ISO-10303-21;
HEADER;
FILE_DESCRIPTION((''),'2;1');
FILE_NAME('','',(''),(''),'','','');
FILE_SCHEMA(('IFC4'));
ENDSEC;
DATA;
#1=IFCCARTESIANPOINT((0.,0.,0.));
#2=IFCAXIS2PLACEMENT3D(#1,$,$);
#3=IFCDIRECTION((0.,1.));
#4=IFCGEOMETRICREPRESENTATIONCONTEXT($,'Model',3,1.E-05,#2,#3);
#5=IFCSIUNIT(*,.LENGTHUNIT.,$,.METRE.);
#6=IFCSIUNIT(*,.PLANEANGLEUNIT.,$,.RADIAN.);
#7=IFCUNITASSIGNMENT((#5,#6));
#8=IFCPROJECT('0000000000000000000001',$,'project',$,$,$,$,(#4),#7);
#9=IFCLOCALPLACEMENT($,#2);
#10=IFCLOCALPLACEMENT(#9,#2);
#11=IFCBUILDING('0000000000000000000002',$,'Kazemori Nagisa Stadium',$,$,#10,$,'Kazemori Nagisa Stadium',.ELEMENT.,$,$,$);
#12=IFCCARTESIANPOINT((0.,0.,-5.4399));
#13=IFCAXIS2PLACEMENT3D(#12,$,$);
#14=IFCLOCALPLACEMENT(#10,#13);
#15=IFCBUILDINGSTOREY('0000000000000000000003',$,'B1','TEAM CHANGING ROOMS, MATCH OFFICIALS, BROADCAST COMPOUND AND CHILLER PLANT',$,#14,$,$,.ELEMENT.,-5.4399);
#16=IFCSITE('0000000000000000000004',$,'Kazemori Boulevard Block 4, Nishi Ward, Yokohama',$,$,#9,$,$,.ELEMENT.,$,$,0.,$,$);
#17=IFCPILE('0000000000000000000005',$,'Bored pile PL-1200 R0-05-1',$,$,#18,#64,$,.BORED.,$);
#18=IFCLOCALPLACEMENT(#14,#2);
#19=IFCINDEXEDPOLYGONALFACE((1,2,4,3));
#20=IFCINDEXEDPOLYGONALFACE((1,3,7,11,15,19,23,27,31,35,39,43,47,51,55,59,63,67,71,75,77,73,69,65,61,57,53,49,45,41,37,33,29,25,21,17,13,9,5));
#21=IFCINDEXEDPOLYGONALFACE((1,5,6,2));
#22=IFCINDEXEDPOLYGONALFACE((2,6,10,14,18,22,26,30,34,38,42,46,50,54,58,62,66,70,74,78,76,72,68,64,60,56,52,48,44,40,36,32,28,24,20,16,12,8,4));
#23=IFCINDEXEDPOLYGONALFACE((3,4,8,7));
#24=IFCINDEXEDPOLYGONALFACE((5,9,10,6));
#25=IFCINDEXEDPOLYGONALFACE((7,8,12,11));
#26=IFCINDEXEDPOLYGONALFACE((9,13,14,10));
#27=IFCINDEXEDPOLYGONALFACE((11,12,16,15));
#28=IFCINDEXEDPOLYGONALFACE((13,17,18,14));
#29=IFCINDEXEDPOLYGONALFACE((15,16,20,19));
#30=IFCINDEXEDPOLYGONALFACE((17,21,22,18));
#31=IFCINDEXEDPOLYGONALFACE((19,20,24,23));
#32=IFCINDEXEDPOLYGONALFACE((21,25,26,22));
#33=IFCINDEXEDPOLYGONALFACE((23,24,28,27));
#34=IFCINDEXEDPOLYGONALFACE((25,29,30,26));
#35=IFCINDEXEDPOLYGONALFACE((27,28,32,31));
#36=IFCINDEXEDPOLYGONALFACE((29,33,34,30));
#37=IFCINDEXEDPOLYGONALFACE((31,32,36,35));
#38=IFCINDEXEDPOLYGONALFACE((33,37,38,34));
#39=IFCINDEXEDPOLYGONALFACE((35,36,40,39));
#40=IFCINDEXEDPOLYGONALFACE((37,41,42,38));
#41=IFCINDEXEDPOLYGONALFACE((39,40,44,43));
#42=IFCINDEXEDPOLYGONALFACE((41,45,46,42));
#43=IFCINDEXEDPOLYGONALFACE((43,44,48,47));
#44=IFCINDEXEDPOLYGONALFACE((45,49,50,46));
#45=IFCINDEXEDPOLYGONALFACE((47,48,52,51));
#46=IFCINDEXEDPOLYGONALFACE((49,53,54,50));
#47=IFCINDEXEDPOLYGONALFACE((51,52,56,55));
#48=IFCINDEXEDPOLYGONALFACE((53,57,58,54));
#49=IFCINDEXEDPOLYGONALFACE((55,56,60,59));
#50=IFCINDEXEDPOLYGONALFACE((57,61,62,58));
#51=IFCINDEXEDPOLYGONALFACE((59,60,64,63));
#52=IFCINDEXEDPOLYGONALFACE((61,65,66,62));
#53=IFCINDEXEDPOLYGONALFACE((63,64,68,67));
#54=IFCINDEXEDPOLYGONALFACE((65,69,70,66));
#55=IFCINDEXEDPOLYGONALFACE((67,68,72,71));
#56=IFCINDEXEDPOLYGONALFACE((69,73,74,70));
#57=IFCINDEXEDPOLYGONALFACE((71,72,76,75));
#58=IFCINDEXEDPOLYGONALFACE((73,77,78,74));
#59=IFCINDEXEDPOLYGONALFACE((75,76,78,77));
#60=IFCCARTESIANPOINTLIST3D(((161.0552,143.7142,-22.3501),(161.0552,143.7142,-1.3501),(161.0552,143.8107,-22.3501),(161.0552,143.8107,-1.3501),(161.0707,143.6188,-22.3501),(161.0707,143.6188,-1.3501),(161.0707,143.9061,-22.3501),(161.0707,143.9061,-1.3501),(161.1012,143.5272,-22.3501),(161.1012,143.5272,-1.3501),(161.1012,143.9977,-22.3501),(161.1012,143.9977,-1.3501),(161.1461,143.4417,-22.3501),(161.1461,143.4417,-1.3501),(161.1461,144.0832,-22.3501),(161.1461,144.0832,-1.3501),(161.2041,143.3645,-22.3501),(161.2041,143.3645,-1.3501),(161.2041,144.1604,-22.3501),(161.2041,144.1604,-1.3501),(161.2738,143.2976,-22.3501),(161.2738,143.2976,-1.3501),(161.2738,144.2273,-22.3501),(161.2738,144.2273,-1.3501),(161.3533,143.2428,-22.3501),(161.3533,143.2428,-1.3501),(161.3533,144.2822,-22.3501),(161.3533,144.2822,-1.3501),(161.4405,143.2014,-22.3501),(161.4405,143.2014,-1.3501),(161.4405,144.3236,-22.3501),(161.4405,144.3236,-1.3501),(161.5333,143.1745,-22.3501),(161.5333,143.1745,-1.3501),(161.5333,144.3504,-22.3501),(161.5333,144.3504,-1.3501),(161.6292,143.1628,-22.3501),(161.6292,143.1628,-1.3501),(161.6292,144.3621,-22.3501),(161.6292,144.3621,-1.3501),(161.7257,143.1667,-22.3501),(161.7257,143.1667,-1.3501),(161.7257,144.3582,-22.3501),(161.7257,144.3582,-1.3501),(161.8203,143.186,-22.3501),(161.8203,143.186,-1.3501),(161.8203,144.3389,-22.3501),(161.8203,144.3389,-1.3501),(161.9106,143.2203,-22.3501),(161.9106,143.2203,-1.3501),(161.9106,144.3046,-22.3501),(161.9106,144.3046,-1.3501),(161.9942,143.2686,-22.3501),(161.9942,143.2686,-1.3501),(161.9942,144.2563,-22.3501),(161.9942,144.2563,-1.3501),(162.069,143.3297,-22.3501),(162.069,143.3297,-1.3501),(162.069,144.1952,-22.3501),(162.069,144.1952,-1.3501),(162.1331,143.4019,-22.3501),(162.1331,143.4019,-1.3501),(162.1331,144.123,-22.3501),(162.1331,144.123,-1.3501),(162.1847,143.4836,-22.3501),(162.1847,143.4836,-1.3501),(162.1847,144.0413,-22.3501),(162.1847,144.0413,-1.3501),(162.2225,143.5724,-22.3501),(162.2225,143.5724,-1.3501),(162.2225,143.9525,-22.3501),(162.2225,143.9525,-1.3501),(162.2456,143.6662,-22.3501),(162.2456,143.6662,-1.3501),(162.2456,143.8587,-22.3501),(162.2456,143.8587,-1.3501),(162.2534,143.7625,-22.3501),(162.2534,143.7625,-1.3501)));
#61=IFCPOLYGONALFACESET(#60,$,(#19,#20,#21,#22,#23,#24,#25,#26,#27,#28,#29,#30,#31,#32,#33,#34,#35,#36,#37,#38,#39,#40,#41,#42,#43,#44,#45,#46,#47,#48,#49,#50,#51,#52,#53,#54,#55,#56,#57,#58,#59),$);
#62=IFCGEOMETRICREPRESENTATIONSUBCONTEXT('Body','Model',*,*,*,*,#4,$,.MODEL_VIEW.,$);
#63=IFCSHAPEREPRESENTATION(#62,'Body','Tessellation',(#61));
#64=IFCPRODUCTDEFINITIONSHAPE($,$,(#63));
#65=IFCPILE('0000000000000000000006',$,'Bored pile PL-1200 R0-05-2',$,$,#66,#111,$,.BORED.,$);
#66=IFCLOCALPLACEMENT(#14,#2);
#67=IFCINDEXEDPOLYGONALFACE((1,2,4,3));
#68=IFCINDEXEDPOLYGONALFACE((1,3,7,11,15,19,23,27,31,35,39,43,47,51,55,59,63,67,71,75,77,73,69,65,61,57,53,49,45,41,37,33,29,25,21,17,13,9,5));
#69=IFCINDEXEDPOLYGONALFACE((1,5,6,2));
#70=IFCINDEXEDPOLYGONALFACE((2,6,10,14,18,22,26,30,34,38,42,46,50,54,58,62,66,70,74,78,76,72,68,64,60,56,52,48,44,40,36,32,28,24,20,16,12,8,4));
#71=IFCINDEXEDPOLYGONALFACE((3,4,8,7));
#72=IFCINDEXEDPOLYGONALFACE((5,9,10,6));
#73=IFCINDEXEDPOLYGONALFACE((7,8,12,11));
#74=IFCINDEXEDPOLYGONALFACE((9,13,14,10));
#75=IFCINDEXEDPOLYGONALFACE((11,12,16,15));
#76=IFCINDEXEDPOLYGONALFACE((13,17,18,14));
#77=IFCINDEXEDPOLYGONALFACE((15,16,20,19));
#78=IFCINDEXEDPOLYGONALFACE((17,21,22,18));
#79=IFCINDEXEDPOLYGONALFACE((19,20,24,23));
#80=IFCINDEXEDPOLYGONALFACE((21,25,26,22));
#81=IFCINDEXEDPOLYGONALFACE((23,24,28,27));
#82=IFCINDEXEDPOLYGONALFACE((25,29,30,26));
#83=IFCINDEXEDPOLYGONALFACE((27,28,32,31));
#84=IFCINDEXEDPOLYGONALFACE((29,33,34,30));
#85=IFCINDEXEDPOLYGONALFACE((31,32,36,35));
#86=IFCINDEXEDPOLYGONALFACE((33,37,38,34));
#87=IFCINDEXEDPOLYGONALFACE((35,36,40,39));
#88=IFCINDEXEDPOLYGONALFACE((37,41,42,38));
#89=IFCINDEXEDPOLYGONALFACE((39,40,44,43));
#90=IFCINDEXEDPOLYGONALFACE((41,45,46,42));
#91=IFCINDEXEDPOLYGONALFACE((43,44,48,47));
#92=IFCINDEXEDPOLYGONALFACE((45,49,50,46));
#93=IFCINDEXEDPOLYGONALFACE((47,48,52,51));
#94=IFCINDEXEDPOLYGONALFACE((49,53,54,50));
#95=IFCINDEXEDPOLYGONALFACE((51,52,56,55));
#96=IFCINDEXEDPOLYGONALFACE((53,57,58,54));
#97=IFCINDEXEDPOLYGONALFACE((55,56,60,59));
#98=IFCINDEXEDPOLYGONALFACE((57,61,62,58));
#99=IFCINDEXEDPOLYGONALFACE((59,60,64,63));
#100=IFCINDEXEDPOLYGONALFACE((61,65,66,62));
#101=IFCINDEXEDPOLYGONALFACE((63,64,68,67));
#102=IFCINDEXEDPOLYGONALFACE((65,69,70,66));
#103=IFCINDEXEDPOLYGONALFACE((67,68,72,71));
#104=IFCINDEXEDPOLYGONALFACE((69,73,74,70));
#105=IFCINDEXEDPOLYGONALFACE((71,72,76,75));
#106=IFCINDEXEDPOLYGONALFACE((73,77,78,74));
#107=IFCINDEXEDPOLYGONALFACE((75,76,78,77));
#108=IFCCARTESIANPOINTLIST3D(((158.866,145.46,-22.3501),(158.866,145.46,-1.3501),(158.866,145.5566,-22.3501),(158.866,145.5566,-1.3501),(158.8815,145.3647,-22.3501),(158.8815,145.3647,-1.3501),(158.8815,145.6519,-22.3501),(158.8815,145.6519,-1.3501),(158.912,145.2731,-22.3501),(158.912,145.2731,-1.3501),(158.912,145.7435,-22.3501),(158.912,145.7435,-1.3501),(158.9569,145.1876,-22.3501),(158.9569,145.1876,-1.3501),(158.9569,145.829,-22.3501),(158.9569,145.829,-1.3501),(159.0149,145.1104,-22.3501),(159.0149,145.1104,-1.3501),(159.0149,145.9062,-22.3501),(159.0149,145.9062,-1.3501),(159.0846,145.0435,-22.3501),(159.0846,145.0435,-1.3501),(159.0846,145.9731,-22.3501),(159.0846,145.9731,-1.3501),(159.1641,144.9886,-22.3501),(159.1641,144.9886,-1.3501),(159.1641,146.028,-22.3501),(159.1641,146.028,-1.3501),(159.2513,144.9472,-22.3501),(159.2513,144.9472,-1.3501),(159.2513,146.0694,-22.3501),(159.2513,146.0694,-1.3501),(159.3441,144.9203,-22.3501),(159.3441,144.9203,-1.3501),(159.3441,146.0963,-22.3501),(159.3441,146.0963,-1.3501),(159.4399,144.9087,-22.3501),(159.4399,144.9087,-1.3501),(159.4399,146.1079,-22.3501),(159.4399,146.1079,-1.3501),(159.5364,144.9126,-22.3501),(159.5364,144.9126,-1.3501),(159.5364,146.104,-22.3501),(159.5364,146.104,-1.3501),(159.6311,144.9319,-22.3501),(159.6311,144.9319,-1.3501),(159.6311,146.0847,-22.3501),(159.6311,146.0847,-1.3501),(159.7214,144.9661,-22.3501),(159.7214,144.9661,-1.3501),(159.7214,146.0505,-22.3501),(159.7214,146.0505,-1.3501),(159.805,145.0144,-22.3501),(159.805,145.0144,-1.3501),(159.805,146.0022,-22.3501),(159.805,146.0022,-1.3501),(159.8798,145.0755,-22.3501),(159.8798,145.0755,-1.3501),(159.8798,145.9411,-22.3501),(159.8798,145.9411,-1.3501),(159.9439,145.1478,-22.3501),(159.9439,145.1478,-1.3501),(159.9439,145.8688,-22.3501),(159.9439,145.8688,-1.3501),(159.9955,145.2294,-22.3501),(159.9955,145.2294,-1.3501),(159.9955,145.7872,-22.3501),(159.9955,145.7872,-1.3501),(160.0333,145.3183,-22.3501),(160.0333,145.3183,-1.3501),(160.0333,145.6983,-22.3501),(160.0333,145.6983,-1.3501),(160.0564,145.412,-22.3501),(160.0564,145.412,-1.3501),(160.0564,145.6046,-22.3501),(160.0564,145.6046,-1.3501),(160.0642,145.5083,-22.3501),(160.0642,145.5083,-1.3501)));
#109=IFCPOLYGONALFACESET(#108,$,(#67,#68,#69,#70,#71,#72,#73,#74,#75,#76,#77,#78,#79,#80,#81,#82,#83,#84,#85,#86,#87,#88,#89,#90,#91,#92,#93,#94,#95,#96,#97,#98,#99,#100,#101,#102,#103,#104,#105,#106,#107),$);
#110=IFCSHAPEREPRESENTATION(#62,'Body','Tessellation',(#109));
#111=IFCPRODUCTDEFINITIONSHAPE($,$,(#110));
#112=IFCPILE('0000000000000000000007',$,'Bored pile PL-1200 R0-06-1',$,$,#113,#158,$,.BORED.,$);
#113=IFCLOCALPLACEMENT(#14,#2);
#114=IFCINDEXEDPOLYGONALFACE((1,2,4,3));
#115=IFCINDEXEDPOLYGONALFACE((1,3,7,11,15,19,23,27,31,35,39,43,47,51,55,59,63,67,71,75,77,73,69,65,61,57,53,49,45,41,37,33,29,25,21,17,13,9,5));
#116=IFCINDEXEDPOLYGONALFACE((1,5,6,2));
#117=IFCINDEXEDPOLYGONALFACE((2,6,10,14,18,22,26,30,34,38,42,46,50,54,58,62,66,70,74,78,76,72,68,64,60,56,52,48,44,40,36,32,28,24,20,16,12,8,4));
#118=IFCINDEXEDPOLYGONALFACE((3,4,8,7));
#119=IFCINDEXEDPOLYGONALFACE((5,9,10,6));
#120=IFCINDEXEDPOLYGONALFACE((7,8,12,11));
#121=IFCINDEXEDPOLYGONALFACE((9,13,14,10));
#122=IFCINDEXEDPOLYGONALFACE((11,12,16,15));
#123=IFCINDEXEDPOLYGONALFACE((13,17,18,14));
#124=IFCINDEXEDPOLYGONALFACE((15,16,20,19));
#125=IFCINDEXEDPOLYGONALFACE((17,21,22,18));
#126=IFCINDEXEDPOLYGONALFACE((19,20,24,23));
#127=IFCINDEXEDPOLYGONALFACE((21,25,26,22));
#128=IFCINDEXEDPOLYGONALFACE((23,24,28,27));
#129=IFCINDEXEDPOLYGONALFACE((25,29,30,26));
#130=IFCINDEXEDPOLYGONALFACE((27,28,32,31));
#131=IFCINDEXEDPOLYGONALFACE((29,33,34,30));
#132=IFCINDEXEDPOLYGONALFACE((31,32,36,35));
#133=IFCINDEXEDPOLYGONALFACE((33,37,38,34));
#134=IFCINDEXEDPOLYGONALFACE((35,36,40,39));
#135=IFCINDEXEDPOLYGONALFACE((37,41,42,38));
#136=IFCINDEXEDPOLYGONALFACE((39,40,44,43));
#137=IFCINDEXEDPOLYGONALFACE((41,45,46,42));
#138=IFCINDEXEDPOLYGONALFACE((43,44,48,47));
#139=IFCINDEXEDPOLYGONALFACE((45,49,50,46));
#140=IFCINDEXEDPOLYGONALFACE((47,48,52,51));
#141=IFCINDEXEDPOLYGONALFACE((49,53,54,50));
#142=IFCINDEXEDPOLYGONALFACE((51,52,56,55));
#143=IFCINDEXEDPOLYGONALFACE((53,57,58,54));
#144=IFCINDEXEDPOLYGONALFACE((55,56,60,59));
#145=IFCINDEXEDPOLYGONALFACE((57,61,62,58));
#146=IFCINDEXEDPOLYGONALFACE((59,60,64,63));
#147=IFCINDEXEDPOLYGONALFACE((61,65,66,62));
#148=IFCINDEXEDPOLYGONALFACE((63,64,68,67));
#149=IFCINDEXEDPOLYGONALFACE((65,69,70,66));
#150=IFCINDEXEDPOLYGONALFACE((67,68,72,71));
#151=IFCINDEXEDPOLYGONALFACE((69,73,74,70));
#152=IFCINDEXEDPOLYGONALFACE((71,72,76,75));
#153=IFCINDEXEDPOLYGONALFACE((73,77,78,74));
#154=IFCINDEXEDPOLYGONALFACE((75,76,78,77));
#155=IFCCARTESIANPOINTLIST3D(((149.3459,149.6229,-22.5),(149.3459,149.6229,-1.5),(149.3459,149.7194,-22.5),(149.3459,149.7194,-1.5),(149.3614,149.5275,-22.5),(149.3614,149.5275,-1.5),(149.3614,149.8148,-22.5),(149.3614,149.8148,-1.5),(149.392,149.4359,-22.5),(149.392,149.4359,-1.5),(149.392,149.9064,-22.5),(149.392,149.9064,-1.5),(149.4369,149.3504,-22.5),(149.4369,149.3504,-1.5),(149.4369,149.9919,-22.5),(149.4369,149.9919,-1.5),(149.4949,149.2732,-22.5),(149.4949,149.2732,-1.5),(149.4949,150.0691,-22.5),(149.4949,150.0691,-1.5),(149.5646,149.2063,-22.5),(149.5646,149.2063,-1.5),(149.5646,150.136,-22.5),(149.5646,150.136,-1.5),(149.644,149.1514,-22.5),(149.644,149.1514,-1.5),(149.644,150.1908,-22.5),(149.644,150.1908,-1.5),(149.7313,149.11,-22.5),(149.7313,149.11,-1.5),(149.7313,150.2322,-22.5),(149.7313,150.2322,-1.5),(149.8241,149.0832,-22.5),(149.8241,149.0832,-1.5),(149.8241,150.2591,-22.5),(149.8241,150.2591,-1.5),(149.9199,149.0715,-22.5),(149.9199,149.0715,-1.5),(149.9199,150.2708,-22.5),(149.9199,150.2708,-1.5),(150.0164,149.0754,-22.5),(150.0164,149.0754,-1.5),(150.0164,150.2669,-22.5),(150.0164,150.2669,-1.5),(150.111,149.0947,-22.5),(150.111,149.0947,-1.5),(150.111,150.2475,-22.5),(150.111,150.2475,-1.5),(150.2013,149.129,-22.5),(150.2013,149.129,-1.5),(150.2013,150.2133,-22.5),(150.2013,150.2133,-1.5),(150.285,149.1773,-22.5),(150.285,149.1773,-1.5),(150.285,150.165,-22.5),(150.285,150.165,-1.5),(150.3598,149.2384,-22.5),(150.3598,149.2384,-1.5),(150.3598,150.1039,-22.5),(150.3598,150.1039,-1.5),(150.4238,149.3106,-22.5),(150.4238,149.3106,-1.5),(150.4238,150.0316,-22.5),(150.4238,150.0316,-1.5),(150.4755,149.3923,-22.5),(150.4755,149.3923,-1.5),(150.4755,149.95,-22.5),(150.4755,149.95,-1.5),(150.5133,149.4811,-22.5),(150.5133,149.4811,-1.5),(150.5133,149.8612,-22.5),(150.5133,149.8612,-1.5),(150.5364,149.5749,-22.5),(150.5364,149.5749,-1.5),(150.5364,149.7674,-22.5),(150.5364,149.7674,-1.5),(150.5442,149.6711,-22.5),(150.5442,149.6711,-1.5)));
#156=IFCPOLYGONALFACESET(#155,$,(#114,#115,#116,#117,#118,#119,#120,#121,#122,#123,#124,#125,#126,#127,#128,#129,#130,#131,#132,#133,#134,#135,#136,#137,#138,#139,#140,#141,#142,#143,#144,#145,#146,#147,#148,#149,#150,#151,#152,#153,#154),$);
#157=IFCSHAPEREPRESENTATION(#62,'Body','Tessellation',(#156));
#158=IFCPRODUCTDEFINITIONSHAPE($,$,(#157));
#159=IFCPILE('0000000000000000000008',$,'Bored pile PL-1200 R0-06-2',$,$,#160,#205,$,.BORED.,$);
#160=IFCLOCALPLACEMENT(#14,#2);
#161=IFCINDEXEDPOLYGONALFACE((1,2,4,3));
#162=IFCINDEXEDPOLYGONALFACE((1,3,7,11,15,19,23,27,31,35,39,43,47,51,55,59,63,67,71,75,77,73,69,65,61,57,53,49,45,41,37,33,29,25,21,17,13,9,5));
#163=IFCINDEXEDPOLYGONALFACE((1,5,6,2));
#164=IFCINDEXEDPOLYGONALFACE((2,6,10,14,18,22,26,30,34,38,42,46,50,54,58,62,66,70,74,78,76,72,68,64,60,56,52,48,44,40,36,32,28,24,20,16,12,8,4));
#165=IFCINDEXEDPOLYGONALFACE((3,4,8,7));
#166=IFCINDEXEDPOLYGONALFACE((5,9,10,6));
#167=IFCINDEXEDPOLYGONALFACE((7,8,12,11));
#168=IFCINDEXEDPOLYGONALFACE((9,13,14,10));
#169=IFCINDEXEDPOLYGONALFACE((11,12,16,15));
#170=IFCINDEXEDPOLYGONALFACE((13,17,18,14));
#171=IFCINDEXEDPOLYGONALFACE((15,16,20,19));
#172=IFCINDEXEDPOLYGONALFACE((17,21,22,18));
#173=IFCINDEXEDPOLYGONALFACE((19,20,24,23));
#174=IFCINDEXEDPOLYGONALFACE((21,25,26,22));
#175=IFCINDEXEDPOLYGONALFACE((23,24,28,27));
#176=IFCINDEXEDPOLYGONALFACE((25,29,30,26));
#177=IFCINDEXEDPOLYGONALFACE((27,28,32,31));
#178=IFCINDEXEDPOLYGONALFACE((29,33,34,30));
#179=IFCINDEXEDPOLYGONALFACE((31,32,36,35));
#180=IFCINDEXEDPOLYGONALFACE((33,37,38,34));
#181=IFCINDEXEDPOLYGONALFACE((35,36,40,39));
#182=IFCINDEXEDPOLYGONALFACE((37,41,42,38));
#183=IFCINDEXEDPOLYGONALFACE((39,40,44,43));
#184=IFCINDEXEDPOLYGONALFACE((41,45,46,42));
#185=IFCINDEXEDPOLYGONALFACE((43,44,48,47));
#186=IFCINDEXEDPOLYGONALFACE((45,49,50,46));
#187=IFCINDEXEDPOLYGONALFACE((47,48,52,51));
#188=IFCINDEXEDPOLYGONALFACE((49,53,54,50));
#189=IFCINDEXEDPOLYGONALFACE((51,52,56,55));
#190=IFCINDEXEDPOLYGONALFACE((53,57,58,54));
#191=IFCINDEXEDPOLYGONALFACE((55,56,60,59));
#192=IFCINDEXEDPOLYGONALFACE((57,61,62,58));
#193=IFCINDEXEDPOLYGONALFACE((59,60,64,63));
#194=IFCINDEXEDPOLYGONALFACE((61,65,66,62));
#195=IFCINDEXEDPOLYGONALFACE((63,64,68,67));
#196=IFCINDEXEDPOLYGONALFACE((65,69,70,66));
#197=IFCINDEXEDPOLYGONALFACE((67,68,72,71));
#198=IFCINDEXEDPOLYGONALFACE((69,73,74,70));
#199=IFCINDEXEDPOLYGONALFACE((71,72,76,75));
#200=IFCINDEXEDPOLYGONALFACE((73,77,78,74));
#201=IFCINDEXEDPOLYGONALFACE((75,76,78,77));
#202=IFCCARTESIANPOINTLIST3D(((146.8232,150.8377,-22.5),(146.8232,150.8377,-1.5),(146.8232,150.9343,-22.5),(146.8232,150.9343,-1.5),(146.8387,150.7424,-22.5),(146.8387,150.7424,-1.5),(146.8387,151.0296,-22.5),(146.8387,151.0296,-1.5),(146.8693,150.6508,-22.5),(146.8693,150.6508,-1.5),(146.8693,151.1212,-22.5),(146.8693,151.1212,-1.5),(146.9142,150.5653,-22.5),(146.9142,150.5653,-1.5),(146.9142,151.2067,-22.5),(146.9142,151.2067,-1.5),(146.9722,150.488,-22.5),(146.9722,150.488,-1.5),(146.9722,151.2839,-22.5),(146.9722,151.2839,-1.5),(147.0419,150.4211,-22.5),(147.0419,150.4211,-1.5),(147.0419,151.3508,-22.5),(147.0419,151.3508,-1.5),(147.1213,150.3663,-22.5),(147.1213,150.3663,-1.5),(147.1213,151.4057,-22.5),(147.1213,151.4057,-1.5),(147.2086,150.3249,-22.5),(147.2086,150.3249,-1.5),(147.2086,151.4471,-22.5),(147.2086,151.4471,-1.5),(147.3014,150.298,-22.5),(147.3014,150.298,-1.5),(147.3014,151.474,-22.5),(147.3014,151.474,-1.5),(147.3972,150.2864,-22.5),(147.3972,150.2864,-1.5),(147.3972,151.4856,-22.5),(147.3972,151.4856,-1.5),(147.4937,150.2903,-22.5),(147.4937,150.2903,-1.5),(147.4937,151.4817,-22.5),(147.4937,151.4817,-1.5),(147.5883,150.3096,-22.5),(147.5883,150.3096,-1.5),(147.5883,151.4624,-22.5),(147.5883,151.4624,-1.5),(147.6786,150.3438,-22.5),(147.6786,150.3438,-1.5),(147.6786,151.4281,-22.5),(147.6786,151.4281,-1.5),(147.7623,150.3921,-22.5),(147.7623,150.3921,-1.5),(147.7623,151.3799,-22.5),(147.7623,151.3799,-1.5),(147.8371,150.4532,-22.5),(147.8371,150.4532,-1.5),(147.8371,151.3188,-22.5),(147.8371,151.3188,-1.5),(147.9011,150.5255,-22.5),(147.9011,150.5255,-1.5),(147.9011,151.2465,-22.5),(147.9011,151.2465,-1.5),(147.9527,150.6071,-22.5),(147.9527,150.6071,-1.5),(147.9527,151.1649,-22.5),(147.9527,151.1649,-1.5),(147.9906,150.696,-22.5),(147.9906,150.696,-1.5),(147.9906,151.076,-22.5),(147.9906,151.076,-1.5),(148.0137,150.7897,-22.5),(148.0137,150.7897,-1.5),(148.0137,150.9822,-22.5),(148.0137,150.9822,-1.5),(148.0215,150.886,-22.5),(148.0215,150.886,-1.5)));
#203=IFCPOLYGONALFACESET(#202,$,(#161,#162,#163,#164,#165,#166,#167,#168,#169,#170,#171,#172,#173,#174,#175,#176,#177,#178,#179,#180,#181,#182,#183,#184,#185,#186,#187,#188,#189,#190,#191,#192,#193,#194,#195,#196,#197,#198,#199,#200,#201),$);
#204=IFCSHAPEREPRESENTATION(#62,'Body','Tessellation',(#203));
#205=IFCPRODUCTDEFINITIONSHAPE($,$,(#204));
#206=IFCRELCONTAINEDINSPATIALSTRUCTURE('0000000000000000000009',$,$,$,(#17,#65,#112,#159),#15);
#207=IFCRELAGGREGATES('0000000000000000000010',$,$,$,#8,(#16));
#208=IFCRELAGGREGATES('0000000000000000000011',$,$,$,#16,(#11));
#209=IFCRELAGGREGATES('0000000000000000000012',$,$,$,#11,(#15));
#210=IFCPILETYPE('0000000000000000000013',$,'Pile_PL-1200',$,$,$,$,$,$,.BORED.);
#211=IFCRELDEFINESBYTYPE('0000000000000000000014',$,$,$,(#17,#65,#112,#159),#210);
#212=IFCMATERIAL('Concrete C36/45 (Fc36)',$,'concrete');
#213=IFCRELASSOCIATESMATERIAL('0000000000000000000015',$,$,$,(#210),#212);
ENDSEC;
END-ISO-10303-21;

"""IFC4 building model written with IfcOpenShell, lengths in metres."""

from ifc_helpers import new_model, si_unit, direction, frame, origin, origin_2d, place, context, subcontext, project, spatial, circle, extrude, material, material_profile, profile_set, type_object, element, save


model = new_model("IFC4")

# Units and contexts
model_context = context("Model", 3, precision=1e-05, world=origin(), true_north=direction((0.0, 1.0)))
body_context = subcontext(model_context, "Body", "Model", "MODEL_VIEW")
ifc_project = project(units=[si_unit("LENGTHUNIT", "METRE"), si_unit("PLANEANGLEUNIT", "RADIAN")], contexts=[model_context])

# Site, building, storey
site_placement = place(None, origin())
site = spatial("IfcSite", under=ifc_project, at=site_placement, Name="Kazemori Boulevard Block 4, Nishi Ward, Yokohama", CompositionType="ELEMENT", RefElevation=0.0)
building_placement = place(site_placement, origin())
building = spatial("IfcBuilding", under=site, at=building_placement, Name="Kazemori Nagisa Stadium", LongName="Kazemori Nagisa Stadium", CompositionType="ELEMENT")
storey_placement = place(building_placement, frame((0.0, 0.0, -5.4399)))
storey = spatial("IfcBuildingStorey", under=building, at=storey_placement, Name="B1", Description="TEAM CHANGING ROOMS, MATCH OFFICIALS, BROADCAST COMPOUND AND CHILLER PLANT", CompositionType="ELEMENT", Elevation=-5.4399)

# Piles
ifc_material_1 = material(Name="Concrete C36/45 (Fc36)", Category="concrete")
ifc_material_profile_1 = material_profile(ifc_material_1, circle(Radius=0.6001, at=origin_2d()), Name="PILE-D1200")
ifc_profile_set_1 = profile_set([ifc_material_profile_1], Name="Concrete C36/45 (Fc36)")
pile_type = type_object("IfcPileType", Name="Pile_PL-1200", PredefinedType="BORED", material=ifc_profile_set_1)
for number, where, z_axis, x_axis, name in (
    (1, (161.6533, 143.7625, -1.3501), (0.0, 0.0, -1.0), (1.0, 0.0, 0.0), "Bored pile PL-1200 R0-05-1"),
    (2, (159.4641, 145.5083, -1.3501), (0.0, 0.0, -1.0), (1.0, 0.0, 0.0), "Bored pile PL-1200 R0-05-2"),
    (3, (149.9441, 149.6711, -1.5), (0.0, 0.0, -1.0), (1.0, 0.0, 0.0), "Bored pile PL-1200 R0-06-1"),
    (4, (147.4214, 150.886, -1.5), (0.0, 0.0, -1.0), (1.0, 0.0, 0.0), "Bored pile PL-1200 R0-06-2"),
):
    element("IfcPile", number, at=place(storey_placement, frame(where, z_axis=z_axis, x_axis=x_axis)), inside=storey, type_object=pile_type, Name=name, PredefinedType="BORED", context=body_context, shape_type="SweptSolid", body=[
        extrude(circle(Radius=0.6001, at=origin_2d()), origin(), (0.0, 0.0, 1.0), 21.0),
    ])

save(model, "model.ifc")
